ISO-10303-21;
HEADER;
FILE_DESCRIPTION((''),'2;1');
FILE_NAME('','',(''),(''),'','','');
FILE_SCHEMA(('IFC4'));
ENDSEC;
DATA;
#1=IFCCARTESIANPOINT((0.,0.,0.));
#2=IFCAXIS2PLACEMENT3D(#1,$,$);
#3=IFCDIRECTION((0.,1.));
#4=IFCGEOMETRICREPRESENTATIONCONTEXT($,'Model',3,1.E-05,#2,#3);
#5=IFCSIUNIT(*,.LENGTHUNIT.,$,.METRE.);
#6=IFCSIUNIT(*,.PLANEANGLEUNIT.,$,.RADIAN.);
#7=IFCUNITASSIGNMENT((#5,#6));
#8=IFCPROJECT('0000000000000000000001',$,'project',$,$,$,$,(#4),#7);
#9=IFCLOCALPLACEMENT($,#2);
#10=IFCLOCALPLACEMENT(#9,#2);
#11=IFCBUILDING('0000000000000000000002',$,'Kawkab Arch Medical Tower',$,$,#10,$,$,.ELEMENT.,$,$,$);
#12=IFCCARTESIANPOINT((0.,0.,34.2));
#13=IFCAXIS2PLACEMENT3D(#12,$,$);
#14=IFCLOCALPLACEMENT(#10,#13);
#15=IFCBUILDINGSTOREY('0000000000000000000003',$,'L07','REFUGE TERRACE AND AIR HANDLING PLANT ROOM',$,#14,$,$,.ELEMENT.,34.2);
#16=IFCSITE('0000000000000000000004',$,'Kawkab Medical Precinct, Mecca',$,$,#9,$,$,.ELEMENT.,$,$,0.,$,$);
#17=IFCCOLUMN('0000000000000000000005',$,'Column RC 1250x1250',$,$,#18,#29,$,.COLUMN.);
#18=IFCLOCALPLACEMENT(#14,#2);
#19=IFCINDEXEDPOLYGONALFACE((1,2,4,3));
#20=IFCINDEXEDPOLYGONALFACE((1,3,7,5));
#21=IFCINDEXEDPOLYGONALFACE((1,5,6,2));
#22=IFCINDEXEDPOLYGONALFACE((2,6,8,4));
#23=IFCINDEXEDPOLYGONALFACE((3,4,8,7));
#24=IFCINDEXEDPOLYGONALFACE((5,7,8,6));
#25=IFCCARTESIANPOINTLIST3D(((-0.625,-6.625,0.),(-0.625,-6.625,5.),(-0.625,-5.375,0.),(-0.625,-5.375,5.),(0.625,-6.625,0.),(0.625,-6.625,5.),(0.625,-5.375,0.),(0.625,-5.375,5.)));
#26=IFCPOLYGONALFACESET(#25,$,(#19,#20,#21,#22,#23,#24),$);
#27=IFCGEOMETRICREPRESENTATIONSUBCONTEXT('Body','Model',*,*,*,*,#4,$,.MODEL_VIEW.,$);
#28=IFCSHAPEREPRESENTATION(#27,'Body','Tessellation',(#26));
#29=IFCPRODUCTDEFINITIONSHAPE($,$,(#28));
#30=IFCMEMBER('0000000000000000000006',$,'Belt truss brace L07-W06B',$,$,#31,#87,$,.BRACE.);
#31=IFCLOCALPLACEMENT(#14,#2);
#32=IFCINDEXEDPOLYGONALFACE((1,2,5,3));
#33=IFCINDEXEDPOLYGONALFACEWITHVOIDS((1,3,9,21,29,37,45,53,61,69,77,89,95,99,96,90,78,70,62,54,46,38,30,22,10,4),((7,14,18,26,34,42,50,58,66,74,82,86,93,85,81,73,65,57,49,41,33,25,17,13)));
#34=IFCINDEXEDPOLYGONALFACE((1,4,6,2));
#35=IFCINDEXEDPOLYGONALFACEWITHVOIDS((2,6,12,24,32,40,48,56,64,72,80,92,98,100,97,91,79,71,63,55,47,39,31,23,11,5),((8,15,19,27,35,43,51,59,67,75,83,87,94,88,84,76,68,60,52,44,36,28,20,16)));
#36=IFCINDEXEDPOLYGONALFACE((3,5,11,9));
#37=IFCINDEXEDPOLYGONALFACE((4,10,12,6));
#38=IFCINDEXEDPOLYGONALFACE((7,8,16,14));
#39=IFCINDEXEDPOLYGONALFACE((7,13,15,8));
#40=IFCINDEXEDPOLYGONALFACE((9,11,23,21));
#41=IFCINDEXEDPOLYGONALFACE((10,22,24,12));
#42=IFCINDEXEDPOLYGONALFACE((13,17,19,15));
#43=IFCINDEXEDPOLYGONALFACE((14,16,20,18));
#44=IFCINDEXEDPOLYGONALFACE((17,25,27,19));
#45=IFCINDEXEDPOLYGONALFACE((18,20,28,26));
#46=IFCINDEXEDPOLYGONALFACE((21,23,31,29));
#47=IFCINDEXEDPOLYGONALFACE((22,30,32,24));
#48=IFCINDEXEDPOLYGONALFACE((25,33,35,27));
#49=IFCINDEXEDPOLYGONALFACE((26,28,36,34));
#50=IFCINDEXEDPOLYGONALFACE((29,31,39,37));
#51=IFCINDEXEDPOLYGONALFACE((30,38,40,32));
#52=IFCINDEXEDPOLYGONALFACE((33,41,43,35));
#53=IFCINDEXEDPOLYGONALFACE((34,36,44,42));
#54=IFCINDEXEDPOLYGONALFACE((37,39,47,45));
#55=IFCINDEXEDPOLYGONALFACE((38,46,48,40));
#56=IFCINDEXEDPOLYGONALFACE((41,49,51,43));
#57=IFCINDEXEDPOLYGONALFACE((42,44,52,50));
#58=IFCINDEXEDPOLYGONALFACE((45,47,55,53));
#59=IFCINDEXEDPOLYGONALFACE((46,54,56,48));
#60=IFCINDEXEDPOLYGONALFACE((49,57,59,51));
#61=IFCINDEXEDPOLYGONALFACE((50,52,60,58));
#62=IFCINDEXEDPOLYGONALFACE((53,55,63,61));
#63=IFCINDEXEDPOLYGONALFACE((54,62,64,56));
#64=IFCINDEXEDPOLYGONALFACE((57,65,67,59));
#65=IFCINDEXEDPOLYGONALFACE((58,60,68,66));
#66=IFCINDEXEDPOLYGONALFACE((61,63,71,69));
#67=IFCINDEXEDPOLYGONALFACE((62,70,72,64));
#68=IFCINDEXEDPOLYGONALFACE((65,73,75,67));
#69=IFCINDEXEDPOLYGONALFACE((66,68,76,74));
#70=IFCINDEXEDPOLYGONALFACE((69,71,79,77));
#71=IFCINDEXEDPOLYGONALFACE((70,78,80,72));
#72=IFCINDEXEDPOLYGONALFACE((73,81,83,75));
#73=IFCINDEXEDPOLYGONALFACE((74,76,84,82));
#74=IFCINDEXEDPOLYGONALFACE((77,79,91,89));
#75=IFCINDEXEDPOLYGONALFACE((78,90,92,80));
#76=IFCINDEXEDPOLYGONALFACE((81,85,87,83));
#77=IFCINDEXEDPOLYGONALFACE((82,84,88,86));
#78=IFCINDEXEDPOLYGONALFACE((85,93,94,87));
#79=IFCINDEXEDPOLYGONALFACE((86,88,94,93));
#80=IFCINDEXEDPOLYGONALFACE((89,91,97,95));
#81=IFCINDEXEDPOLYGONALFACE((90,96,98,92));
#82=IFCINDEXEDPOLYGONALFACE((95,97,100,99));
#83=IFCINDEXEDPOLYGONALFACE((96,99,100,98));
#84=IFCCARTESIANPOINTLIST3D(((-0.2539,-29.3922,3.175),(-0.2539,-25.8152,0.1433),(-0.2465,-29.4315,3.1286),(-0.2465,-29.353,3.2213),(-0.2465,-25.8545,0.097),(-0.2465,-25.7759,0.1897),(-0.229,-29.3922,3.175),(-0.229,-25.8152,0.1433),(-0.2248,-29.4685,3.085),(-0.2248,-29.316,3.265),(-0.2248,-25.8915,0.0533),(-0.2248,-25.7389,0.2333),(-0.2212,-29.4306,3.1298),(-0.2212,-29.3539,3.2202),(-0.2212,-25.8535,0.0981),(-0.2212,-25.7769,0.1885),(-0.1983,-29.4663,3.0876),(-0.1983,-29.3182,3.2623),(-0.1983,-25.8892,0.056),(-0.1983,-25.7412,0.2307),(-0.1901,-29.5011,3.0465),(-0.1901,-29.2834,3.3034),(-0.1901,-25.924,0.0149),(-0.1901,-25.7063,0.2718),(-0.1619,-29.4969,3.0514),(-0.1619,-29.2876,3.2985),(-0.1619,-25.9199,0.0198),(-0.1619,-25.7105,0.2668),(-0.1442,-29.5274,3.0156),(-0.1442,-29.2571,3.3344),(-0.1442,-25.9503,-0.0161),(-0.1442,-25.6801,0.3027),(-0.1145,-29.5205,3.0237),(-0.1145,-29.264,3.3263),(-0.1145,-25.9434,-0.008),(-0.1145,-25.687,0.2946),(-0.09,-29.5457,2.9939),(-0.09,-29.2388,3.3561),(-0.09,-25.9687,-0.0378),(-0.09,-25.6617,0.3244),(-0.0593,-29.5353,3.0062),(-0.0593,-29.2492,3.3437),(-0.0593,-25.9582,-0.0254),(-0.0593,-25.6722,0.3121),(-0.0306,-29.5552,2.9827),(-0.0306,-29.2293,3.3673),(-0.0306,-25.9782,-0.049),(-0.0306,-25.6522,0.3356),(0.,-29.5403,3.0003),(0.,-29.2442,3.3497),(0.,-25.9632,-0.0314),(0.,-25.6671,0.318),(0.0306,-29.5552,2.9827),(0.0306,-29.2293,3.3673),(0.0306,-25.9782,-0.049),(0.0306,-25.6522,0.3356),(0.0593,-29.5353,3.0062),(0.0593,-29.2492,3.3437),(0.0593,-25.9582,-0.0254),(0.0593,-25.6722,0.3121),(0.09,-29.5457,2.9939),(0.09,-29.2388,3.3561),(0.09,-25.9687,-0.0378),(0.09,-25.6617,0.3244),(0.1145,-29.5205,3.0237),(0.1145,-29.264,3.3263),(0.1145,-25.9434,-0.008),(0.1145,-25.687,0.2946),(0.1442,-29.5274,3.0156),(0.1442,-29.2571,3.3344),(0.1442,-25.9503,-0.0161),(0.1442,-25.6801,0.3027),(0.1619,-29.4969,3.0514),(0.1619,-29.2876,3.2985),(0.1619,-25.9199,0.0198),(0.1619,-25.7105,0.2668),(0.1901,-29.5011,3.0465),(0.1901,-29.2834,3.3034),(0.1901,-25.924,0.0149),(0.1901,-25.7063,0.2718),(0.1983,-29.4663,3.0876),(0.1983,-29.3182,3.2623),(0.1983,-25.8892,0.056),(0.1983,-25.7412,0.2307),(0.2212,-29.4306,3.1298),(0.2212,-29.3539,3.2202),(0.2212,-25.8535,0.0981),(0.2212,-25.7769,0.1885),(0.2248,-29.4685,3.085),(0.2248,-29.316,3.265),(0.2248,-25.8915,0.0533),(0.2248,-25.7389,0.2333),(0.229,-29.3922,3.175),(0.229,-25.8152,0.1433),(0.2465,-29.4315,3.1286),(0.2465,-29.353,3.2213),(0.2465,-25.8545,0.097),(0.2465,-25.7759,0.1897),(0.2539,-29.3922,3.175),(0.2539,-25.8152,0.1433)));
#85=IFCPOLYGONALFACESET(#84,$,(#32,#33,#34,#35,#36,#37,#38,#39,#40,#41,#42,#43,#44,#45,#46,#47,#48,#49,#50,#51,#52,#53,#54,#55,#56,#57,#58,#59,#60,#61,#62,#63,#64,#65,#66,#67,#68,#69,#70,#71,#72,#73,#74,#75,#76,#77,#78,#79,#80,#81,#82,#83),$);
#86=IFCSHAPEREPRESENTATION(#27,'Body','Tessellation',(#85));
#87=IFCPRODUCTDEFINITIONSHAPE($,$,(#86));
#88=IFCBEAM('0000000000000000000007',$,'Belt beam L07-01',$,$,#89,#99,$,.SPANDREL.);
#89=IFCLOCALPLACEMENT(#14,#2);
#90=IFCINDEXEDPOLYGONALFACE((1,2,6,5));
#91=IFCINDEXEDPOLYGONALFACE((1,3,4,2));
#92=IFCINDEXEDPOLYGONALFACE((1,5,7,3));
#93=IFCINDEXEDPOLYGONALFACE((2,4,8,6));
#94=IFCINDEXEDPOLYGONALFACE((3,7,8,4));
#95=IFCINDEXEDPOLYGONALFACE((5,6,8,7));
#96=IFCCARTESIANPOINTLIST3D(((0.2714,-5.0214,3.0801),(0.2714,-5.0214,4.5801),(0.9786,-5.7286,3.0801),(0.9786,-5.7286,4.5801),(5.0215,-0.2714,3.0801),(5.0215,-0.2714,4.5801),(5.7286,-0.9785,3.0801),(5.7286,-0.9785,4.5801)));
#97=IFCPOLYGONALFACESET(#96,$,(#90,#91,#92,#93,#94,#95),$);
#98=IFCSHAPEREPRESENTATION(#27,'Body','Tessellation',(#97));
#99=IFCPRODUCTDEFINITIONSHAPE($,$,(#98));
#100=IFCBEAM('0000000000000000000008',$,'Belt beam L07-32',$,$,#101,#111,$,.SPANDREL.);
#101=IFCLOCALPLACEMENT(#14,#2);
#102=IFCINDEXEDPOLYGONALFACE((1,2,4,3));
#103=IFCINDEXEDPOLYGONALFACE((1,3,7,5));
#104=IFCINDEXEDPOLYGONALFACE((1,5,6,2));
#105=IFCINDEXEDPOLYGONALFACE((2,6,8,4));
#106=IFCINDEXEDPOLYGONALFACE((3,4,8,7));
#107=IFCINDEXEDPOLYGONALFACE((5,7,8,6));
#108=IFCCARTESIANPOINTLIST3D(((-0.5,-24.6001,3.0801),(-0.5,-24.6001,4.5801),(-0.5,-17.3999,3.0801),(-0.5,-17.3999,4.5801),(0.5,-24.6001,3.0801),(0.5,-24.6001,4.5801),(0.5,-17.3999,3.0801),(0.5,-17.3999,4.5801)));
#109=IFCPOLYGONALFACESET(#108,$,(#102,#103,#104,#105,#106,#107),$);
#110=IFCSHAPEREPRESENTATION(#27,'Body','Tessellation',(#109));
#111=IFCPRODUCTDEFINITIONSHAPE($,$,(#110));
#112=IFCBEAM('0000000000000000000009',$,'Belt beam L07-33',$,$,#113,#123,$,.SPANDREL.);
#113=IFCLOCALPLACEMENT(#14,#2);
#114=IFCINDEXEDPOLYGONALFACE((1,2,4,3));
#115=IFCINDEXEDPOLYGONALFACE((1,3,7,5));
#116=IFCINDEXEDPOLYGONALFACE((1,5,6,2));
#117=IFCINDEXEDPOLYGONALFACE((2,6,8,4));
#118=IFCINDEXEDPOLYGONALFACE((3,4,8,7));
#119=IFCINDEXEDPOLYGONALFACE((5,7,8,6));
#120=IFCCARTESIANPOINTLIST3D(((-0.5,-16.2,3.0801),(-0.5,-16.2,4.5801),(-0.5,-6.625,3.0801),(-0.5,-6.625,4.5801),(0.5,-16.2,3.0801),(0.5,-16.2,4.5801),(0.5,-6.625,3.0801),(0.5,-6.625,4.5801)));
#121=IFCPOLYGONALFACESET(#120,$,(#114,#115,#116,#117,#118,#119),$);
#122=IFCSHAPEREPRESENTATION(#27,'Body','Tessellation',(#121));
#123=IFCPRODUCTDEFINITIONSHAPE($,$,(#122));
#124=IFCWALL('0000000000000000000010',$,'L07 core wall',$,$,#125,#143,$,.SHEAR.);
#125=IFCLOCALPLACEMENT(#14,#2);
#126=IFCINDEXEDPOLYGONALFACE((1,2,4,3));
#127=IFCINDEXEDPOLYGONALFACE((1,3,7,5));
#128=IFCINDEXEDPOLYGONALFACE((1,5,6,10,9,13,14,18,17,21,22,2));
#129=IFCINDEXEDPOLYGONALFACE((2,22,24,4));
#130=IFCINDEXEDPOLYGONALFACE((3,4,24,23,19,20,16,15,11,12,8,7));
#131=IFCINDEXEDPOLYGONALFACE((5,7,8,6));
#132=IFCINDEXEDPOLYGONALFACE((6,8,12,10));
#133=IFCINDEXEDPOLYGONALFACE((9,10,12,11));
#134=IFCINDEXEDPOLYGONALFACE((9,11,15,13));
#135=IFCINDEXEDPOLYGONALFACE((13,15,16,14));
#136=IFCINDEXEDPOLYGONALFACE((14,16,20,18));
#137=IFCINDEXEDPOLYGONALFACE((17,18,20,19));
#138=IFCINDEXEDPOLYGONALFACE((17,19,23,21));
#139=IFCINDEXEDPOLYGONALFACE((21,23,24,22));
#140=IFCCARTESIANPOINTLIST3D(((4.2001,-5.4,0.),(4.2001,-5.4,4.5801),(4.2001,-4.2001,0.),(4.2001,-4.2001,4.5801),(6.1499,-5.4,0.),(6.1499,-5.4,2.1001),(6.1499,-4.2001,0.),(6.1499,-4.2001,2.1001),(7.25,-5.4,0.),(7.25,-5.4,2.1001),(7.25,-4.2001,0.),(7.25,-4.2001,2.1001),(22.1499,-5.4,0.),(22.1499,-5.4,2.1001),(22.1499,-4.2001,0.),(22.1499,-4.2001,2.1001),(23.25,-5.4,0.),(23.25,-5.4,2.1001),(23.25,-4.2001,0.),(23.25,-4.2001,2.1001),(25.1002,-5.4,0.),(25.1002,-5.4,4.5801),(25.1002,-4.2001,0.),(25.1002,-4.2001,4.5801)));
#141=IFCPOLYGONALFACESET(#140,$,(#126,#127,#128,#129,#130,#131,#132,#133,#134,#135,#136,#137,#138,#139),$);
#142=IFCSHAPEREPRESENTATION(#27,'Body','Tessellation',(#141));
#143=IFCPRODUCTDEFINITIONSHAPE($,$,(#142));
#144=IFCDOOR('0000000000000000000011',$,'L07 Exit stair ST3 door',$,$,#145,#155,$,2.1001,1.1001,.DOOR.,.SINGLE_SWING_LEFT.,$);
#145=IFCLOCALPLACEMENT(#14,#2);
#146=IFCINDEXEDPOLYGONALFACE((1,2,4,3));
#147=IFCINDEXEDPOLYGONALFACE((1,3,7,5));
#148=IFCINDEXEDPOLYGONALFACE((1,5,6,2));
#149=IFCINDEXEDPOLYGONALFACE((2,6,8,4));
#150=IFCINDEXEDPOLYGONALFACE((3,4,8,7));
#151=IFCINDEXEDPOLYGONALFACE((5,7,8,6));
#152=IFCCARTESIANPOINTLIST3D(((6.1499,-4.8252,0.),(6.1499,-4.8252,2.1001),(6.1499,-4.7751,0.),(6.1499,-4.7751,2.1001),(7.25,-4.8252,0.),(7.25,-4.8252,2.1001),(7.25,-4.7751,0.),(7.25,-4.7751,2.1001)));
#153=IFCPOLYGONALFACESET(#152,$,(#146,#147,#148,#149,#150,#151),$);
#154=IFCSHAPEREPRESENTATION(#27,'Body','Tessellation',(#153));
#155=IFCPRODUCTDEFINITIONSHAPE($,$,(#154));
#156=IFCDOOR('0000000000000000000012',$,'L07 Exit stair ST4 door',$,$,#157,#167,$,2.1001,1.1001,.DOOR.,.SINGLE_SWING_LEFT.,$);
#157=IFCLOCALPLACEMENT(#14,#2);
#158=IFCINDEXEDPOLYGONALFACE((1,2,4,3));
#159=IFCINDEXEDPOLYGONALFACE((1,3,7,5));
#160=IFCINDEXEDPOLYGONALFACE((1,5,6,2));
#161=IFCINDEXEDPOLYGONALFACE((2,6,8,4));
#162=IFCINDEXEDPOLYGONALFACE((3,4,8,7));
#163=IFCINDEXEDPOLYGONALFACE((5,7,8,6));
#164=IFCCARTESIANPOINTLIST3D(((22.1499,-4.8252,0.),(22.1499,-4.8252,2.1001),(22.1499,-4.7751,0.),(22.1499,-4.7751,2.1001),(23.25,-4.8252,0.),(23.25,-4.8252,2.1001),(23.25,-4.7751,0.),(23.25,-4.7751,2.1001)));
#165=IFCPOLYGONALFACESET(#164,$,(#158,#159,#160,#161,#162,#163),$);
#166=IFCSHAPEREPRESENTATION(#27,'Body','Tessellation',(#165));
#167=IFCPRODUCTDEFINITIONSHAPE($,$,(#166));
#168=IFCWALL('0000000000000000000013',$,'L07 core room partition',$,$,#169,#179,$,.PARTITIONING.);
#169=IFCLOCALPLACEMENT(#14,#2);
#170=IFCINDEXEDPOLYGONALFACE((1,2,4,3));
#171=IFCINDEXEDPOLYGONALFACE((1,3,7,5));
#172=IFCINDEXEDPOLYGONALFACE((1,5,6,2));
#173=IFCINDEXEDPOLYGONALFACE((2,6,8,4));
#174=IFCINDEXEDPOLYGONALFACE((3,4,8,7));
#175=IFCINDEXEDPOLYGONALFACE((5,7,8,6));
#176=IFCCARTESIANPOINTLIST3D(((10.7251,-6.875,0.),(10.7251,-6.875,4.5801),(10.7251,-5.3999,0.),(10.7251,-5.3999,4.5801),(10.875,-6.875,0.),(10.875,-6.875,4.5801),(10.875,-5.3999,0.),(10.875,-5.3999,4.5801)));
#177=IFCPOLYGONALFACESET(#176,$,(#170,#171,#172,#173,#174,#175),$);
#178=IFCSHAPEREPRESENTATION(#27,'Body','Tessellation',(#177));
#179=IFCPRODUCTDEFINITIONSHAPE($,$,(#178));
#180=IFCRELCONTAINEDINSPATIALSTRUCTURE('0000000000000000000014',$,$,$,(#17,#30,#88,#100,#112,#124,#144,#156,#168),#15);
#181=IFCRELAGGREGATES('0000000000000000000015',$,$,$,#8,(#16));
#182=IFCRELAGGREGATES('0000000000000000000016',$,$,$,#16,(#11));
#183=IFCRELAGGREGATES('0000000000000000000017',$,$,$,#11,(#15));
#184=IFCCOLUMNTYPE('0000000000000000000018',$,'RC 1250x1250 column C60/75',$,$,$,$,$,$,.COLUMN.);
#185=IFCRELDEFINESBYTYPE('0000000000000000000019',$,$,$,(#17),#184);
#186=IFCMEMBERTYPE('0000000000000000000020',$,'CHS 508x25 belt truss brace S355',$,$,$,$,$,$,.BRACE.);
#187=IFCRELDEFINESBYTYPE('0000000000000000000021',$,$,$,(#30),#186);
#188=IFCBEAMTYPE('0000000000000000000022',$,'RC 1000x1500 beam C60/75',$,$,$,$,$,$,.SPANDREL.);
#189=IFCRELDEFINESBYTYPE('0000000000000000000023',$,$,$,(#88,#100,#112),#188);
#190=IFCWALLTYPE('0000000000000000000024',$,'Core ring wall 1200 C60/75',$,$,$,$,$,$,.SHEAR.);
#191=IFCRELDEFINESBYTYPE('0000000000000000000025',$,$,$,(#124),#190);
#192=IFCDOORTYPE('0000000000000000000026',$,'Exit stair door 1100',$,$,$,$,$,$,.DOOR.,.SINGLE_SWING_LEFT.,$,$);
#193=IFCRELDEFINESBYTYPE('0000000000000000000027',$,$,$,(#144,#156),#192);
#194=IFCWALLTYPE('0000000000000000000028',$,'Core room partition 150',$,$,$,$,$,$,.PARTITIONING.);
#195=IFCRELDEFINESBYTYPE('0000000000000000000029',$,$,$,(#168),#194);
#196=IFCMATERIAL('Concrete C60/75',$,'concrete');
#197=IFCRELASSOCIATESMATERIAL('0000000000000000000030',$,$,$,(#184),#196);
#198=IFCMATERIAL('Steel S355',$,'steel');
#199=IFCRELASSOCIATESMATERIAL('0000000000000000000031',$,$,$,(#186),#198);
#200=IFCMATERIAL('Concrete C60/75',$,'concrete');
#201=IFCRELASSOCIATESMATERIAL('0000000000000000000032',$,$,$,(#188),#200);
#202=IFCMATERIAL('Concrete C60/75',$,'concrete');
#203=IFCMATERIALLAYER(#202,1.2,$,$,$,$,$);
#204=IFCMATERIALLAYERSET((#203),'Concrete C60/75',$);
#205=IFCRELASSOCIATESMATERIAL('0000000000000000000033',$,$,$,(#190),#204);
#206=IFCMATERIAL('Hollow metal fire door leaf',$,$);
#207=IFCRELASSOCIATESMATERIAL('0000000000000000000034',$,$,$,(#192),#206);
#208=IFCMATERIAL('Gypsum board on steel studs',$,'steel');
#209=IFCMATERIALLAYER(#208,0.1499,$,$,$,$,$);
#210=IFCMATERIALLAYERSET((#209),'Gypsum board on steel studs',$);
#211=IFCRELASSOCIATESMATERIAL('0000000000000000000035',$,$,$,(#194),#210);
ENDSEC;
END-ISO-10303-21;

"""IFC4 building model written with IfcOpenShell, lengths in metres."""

from ifc_helpers import new_model, si_unit, direction, frame, frame_2d, origin, origin_2d, place, context, subcontext, project, spatial, rectangle, hollow_circle, extrude, material, layer, layer_set, material_profile, profile_set, type_object, element, fill, save


model = new_model("IFC4")

# Units and contexts
model_context = context("Model", 3, precision=1e-05, world=origin(), true_north=direction((0.0, 1.0)))
body_context = subcontext(model_context, "Body", "Model", "MODEL_VIEW")
ifc_project = project(units=[si_unit("LENGTHUNIT", "METRE"), si_unit("PLANEANGLEUNIT", "RADIAN")], contexts=[model_context])

# Site, building, storey
site_placement = place(None, origin())
site = spatial("IfcSite", under=ifc_project, at=site_placement, Name="Kawkab Medical Precinct, Mecca", CompositionType="ELEMENT", RefElevation=0.0)
building_placement = place(site_placement, origin())
building = spatial("IfcBuilding", under=site, at=building_placement, Name="Kawkab Arch Medical Tower", CompositionType="ELEMENT")
storey_placement = place(building_placement, frame((0.0, 0.0, 34.2)))
storey = spatial("IfcBuildingStorey", under=building, at=storey_placement, Name="L07", Description="REFUGE TERRACE AND AIR HANDLING PLANT ROOM", CompositionType="ELEMENT", Elevation=34.2)

# Column
ifc_material_1 = material(Name="Concrete C60/75", Category="concrete")
ifc_material_profile_1 = material_profile(ifc_material_1, rectangle(XDim=1.25, YDim=1.25, at=origin_2d()), Name="RC 1250x1250")
ifc_profile_set_1 = profile_set([ifc_material_profile_1], Name="Concrete C60/75")
column_type = type_object("IfcColumnType", Name="RC 1250x1250 column C60/75", PredefinedType="COLUMN", material=ifc_profile_set_1)
column_placement = place(storey_placement, frame((0.0, -6.0, 0.0), z_axis=(0.0, 0.0, 1.0), x_axis=(1.0, 0.0, 0.0)))
element("IfcColumn", 1, at=column_placement, inside=storey, type_object=column_type, Name="Column RC 1250x1250", PredefinedType="COLUMN", context=body_context, shape_type="SweptSolid", body=[
    extrude(rectangle(XDim=1.25, YDim=1.25, at=origin_2d()), origin(), (0.0, 0.0, 1.0), 5.0),
])

# Member
ifc_material_2 = material(Name="Steel S355", Category="steel")
ifc_material_profile_2 = material_profile(ifc_material_2, hollow_circle(Radius=0.2539, WallThickness=0.0249, at=origin_2d()), Name="CHS 508x25")
ifc_profile_set_2 = profile_set([ifc_material_profile_2], Name="Steel S355")
member_type = type_object("IfcMemberType", Name="CHS 508x25 belt truss brace S355", PredefinedType="BRACE", material=ifc_profile_set_2)
member_placement = place(storey_placement, frame((0.0, -25.8152, 0.1433), z_axis=(0.0, -0.762869, 0.646554), x_axis=(1.0, 0.0, 0.0)))
element("IfcMember", 2, at=member_placement, inside=storey, type_object=member_type, Name="Belt truss brace L07-W06B", PredefinedType="BRACE", context=body_context, shape_type="SweptSolid", body=[
    extrude(hollow_circle(Radius=0.2539, WallThickness=0.0249, at=origin_2d()), origin(), (0.0, 0.0, 1.0), 4.689),
])

# Beams
ifc_material_3 = material(Name="Concrete C60/75", Category="concrete")
ifc_material_profile_3 = material_profile(ifc_material_3, rectangle(XDim=1.0, YDim=1.5, at=origin_2d()), Name="RC 1000x1500")
ifc_profile_set_3 = profile_set([ifc_material_profile_3], Name="Concrete C60/75")
beam_type = type_object("IfcBeamType", Name="RC 1000x1500 beam C60/75", PredefinedType="SPANDREL", material=ifc_profile_set_3)
beam_1_placement = place(storey_placement, frame((0.625, -5.375, 3.8301), z_axis=(0.707107, 0.707107, 0.0), x_axis=(-0.707107, 0.707107, 0.0)))
element("IfcBeam", 3, at=beam_1_placement, inside=storey, type_object=beam_type, Name="Belt beam L07-01", PredefinedType="SPANDREL", context=body_context, shape_type="SweptSolid", body=[
    extrude(rectangle(XDim=1.0, YDim=1.5, at=origin_2d()), origin(), (0.0, 0.0, 1.0), 6.7175),
])
beam_2_placement = place(storey_placement, frame((0.0, -24.6001, 3.8301), z_axis=(0.0, 1.0, 0.0), x_axis=(-1.0, 0.0, 0.0)))
element("IfcBeam", 4, at=beam_2_placement, inside=storey, type_object=beam_type, Name="Belt beam L07-32", PredefinedType="SPANDREL", context=body_context, shape_type="SweptSolid", body=[
    extrude(rectangle(XDim=1.0, YDim=1.5, at=origin_2d()), origin(), (0.0, 0.0, 1.0), 7.2002),
])
beam_3_placement = place(storey_placement, frame((0.0, -16.2, 3.8301), z_axis=(0.0, 1.0, 0.0), x_axis=(-1.0, 0.0, 0.0)))
element("IfcBeam", 5, at=beam_3_placement, inside=storey, type_object=beam_type, Name="Belt beam L07-33", PredefinedType="SPANDREL", context=body_context, shape_type="SweptSolid", body=[
    extrude(rectangle(XDim=1.0, YDim=1.5, at=origin_2d()), origin(), (0.0, 0.0, 1.0), 9.575),
])

# Wall, openings, doors
ifc_material_4 = material(Name="Concrete C60/75", Category="concrete")
ifc_layer_1 = layer(ifc_material_4, 1.2)
ifc_layer_set_1 = layer_set([ifc_layer_1], Name="Concrete C60/75")
wall_type_1 = type_object("IfcWallType", Name="Core ring wall 1200 C60/75", PredefinedType="SHEAR", material=ifc_layer_set_1)
wall_1_placement = place(storey_placement, frame((4.2, -4.8, 0.0), z_axis=(0.0, 0.0, 1.0), x_axis=(1.0, 0.0, 0.0)))
wall_1 = element("IfcWall", 6, at=wall_1_placement, inside=storey, type_object=wall_type_1, Name="L07 core wall", PredefinedType="SHEAR", context=body_context, shape_type="SweptSolid", body=[
    extrude(rectangle(XDim=20.9001, YDim=1.2, at=frame_2d((10.4502, 0.0))), origin(), (0.0, 0.0, 1.0), 4.5801),
])
opening_1_placement = place(wall_1_placement, frame((1.95, 0.0, 0.0)))
opening_1 = element("IfcOpeningElement", 7, at=opening_1_placement, cuts=wall_1, PredefinedType="OPENING", context=body_context, shape_type="SweptSolid", body=[
    extrude(rectangle(XDim=1.1001, YDim=2.1001, at=frame_2d((0.55, 1.05))), frame((0.0, 0.6099, 0.0), z_axis=(0.0, -1.0, 0.0), x_axis=(1.0, 0.0, 0.0)), (0.0, 0.0, 1.0), 1.22),
])
opening_2_placement = place(wall_1_placement, frame((17.95, 0.0, 0.0)))
opening_2 = element("IfcOpeningElement", 8, at=opening_2_placement, cuts=wall_1, PredefinedType="OPENING", context=body_context, shape_type="SweptSolid", body=[
    extrude(rectangle(XDim=1.1001, YDim=2.1001, at=frame_2d((0.55, 1.05))), frame((0.0, 0.6099, 0.0), z_axis=(0.0, -1.0, 0.0), x_axis=(1.0, 0.0, 0.0)), (0.0, 0.0, 1.0), 1.22),
])
ifc_material_5 = material(Name="Hollow metal fire door leaf")
door_type = type_object("IfcDoorType", Name="Exit stair door 1100", OperationType="SINGLE_SWING_LEFT", PredefinedType="DOOR", material=ifc_material_5)
door_1_placement = place(opening_1_placement, origin())
door_1 = element("IfcDoor", 9, at=door_1_placement, inside=storey, type_object=door_type, Name="L07 Exit stair ST3 door", OperationType="SINGLE_SWING_LEFT", OverallHeight=2.1001, OverallWidth=1.1001, PredefinedType="DOOR", context=body_context, shape_type="SweptSolid", body=[
    extrude(rectangle(XDim=1.1001, YDim=2.1001, at=frame_2d((0.55, 1.05))), frame((0.0, 0.0249, 0.0), z_axis=(0.0, -1.0, 0.0), x_axis=(1.0, 0.0, 0.0)), (0.0, 0.0, 1.0), 0.05),
])
fill(opening_1, door_1)
door_2_placement = place(opening_2_placement, origin())
door_2 = element("IfcDoor", 10, at=door_2_placement, inside=storey, type_object=door_type, Name="L07 Exit stair ST4 door", OperationType="SINGLE_SWING_LEFT", OverallHeight=2.1001, OverallWidth=1.1001, PredefinedType="DOOR", context=body_context, shape_type="SweptSolid", body=[
    extrude(rectangle(XDim=1.1001, YDim=2.1001, at=frame_2d((0.55, 1.05))), frame((0.0, 0.0249, 0.0), z_axis=(0.0, -1.0, 0.0), x_axis=(1.0, 0.0, 0.0)), (0.0, 0.0, 1.0), 0.05),
])
fill(opening_2, door_2)

# Wall
ifc_material_6 = material(Name="Gypsum board on steel studs", Category="steel")
ifc_layer_2 = layer(ifc_material_6, 0.1499)
ifc_layer_set_2 = layer_set([ifc_layer_2], Name="Gypsum board on steel studs")
wall_type_2 = type_object("IfcWallType", Name="Core room partition 150", PredefinedType="PARTITIONING", material=ifc_layer_set_2)
for number, where, z_axis, x_axis, name in (
    (11, (10.8, -6.875, 0.0), (0.0, 0.0, 1.0), (0.0, 1.0, 0.0), "L07 core room partition"),
):
    element("IfcWall", number, at=place(storey_placement, frame(where, z_axis=z_axis, x_axis=x_axis)), inside=storey, type_object=wall_type_2, Name=name, PredefinedType="PARTITIONING", context=body_context, shape_type="SweptSolid", body=[
        extrude(rectangle(XDim=1.4751, YDim=0.1499, at=frame_2d((0.7375, 0.0))), origin(), (0.0, 0.0, 1.0), 4.5801),
    ])

save(model, "model.ifc")
